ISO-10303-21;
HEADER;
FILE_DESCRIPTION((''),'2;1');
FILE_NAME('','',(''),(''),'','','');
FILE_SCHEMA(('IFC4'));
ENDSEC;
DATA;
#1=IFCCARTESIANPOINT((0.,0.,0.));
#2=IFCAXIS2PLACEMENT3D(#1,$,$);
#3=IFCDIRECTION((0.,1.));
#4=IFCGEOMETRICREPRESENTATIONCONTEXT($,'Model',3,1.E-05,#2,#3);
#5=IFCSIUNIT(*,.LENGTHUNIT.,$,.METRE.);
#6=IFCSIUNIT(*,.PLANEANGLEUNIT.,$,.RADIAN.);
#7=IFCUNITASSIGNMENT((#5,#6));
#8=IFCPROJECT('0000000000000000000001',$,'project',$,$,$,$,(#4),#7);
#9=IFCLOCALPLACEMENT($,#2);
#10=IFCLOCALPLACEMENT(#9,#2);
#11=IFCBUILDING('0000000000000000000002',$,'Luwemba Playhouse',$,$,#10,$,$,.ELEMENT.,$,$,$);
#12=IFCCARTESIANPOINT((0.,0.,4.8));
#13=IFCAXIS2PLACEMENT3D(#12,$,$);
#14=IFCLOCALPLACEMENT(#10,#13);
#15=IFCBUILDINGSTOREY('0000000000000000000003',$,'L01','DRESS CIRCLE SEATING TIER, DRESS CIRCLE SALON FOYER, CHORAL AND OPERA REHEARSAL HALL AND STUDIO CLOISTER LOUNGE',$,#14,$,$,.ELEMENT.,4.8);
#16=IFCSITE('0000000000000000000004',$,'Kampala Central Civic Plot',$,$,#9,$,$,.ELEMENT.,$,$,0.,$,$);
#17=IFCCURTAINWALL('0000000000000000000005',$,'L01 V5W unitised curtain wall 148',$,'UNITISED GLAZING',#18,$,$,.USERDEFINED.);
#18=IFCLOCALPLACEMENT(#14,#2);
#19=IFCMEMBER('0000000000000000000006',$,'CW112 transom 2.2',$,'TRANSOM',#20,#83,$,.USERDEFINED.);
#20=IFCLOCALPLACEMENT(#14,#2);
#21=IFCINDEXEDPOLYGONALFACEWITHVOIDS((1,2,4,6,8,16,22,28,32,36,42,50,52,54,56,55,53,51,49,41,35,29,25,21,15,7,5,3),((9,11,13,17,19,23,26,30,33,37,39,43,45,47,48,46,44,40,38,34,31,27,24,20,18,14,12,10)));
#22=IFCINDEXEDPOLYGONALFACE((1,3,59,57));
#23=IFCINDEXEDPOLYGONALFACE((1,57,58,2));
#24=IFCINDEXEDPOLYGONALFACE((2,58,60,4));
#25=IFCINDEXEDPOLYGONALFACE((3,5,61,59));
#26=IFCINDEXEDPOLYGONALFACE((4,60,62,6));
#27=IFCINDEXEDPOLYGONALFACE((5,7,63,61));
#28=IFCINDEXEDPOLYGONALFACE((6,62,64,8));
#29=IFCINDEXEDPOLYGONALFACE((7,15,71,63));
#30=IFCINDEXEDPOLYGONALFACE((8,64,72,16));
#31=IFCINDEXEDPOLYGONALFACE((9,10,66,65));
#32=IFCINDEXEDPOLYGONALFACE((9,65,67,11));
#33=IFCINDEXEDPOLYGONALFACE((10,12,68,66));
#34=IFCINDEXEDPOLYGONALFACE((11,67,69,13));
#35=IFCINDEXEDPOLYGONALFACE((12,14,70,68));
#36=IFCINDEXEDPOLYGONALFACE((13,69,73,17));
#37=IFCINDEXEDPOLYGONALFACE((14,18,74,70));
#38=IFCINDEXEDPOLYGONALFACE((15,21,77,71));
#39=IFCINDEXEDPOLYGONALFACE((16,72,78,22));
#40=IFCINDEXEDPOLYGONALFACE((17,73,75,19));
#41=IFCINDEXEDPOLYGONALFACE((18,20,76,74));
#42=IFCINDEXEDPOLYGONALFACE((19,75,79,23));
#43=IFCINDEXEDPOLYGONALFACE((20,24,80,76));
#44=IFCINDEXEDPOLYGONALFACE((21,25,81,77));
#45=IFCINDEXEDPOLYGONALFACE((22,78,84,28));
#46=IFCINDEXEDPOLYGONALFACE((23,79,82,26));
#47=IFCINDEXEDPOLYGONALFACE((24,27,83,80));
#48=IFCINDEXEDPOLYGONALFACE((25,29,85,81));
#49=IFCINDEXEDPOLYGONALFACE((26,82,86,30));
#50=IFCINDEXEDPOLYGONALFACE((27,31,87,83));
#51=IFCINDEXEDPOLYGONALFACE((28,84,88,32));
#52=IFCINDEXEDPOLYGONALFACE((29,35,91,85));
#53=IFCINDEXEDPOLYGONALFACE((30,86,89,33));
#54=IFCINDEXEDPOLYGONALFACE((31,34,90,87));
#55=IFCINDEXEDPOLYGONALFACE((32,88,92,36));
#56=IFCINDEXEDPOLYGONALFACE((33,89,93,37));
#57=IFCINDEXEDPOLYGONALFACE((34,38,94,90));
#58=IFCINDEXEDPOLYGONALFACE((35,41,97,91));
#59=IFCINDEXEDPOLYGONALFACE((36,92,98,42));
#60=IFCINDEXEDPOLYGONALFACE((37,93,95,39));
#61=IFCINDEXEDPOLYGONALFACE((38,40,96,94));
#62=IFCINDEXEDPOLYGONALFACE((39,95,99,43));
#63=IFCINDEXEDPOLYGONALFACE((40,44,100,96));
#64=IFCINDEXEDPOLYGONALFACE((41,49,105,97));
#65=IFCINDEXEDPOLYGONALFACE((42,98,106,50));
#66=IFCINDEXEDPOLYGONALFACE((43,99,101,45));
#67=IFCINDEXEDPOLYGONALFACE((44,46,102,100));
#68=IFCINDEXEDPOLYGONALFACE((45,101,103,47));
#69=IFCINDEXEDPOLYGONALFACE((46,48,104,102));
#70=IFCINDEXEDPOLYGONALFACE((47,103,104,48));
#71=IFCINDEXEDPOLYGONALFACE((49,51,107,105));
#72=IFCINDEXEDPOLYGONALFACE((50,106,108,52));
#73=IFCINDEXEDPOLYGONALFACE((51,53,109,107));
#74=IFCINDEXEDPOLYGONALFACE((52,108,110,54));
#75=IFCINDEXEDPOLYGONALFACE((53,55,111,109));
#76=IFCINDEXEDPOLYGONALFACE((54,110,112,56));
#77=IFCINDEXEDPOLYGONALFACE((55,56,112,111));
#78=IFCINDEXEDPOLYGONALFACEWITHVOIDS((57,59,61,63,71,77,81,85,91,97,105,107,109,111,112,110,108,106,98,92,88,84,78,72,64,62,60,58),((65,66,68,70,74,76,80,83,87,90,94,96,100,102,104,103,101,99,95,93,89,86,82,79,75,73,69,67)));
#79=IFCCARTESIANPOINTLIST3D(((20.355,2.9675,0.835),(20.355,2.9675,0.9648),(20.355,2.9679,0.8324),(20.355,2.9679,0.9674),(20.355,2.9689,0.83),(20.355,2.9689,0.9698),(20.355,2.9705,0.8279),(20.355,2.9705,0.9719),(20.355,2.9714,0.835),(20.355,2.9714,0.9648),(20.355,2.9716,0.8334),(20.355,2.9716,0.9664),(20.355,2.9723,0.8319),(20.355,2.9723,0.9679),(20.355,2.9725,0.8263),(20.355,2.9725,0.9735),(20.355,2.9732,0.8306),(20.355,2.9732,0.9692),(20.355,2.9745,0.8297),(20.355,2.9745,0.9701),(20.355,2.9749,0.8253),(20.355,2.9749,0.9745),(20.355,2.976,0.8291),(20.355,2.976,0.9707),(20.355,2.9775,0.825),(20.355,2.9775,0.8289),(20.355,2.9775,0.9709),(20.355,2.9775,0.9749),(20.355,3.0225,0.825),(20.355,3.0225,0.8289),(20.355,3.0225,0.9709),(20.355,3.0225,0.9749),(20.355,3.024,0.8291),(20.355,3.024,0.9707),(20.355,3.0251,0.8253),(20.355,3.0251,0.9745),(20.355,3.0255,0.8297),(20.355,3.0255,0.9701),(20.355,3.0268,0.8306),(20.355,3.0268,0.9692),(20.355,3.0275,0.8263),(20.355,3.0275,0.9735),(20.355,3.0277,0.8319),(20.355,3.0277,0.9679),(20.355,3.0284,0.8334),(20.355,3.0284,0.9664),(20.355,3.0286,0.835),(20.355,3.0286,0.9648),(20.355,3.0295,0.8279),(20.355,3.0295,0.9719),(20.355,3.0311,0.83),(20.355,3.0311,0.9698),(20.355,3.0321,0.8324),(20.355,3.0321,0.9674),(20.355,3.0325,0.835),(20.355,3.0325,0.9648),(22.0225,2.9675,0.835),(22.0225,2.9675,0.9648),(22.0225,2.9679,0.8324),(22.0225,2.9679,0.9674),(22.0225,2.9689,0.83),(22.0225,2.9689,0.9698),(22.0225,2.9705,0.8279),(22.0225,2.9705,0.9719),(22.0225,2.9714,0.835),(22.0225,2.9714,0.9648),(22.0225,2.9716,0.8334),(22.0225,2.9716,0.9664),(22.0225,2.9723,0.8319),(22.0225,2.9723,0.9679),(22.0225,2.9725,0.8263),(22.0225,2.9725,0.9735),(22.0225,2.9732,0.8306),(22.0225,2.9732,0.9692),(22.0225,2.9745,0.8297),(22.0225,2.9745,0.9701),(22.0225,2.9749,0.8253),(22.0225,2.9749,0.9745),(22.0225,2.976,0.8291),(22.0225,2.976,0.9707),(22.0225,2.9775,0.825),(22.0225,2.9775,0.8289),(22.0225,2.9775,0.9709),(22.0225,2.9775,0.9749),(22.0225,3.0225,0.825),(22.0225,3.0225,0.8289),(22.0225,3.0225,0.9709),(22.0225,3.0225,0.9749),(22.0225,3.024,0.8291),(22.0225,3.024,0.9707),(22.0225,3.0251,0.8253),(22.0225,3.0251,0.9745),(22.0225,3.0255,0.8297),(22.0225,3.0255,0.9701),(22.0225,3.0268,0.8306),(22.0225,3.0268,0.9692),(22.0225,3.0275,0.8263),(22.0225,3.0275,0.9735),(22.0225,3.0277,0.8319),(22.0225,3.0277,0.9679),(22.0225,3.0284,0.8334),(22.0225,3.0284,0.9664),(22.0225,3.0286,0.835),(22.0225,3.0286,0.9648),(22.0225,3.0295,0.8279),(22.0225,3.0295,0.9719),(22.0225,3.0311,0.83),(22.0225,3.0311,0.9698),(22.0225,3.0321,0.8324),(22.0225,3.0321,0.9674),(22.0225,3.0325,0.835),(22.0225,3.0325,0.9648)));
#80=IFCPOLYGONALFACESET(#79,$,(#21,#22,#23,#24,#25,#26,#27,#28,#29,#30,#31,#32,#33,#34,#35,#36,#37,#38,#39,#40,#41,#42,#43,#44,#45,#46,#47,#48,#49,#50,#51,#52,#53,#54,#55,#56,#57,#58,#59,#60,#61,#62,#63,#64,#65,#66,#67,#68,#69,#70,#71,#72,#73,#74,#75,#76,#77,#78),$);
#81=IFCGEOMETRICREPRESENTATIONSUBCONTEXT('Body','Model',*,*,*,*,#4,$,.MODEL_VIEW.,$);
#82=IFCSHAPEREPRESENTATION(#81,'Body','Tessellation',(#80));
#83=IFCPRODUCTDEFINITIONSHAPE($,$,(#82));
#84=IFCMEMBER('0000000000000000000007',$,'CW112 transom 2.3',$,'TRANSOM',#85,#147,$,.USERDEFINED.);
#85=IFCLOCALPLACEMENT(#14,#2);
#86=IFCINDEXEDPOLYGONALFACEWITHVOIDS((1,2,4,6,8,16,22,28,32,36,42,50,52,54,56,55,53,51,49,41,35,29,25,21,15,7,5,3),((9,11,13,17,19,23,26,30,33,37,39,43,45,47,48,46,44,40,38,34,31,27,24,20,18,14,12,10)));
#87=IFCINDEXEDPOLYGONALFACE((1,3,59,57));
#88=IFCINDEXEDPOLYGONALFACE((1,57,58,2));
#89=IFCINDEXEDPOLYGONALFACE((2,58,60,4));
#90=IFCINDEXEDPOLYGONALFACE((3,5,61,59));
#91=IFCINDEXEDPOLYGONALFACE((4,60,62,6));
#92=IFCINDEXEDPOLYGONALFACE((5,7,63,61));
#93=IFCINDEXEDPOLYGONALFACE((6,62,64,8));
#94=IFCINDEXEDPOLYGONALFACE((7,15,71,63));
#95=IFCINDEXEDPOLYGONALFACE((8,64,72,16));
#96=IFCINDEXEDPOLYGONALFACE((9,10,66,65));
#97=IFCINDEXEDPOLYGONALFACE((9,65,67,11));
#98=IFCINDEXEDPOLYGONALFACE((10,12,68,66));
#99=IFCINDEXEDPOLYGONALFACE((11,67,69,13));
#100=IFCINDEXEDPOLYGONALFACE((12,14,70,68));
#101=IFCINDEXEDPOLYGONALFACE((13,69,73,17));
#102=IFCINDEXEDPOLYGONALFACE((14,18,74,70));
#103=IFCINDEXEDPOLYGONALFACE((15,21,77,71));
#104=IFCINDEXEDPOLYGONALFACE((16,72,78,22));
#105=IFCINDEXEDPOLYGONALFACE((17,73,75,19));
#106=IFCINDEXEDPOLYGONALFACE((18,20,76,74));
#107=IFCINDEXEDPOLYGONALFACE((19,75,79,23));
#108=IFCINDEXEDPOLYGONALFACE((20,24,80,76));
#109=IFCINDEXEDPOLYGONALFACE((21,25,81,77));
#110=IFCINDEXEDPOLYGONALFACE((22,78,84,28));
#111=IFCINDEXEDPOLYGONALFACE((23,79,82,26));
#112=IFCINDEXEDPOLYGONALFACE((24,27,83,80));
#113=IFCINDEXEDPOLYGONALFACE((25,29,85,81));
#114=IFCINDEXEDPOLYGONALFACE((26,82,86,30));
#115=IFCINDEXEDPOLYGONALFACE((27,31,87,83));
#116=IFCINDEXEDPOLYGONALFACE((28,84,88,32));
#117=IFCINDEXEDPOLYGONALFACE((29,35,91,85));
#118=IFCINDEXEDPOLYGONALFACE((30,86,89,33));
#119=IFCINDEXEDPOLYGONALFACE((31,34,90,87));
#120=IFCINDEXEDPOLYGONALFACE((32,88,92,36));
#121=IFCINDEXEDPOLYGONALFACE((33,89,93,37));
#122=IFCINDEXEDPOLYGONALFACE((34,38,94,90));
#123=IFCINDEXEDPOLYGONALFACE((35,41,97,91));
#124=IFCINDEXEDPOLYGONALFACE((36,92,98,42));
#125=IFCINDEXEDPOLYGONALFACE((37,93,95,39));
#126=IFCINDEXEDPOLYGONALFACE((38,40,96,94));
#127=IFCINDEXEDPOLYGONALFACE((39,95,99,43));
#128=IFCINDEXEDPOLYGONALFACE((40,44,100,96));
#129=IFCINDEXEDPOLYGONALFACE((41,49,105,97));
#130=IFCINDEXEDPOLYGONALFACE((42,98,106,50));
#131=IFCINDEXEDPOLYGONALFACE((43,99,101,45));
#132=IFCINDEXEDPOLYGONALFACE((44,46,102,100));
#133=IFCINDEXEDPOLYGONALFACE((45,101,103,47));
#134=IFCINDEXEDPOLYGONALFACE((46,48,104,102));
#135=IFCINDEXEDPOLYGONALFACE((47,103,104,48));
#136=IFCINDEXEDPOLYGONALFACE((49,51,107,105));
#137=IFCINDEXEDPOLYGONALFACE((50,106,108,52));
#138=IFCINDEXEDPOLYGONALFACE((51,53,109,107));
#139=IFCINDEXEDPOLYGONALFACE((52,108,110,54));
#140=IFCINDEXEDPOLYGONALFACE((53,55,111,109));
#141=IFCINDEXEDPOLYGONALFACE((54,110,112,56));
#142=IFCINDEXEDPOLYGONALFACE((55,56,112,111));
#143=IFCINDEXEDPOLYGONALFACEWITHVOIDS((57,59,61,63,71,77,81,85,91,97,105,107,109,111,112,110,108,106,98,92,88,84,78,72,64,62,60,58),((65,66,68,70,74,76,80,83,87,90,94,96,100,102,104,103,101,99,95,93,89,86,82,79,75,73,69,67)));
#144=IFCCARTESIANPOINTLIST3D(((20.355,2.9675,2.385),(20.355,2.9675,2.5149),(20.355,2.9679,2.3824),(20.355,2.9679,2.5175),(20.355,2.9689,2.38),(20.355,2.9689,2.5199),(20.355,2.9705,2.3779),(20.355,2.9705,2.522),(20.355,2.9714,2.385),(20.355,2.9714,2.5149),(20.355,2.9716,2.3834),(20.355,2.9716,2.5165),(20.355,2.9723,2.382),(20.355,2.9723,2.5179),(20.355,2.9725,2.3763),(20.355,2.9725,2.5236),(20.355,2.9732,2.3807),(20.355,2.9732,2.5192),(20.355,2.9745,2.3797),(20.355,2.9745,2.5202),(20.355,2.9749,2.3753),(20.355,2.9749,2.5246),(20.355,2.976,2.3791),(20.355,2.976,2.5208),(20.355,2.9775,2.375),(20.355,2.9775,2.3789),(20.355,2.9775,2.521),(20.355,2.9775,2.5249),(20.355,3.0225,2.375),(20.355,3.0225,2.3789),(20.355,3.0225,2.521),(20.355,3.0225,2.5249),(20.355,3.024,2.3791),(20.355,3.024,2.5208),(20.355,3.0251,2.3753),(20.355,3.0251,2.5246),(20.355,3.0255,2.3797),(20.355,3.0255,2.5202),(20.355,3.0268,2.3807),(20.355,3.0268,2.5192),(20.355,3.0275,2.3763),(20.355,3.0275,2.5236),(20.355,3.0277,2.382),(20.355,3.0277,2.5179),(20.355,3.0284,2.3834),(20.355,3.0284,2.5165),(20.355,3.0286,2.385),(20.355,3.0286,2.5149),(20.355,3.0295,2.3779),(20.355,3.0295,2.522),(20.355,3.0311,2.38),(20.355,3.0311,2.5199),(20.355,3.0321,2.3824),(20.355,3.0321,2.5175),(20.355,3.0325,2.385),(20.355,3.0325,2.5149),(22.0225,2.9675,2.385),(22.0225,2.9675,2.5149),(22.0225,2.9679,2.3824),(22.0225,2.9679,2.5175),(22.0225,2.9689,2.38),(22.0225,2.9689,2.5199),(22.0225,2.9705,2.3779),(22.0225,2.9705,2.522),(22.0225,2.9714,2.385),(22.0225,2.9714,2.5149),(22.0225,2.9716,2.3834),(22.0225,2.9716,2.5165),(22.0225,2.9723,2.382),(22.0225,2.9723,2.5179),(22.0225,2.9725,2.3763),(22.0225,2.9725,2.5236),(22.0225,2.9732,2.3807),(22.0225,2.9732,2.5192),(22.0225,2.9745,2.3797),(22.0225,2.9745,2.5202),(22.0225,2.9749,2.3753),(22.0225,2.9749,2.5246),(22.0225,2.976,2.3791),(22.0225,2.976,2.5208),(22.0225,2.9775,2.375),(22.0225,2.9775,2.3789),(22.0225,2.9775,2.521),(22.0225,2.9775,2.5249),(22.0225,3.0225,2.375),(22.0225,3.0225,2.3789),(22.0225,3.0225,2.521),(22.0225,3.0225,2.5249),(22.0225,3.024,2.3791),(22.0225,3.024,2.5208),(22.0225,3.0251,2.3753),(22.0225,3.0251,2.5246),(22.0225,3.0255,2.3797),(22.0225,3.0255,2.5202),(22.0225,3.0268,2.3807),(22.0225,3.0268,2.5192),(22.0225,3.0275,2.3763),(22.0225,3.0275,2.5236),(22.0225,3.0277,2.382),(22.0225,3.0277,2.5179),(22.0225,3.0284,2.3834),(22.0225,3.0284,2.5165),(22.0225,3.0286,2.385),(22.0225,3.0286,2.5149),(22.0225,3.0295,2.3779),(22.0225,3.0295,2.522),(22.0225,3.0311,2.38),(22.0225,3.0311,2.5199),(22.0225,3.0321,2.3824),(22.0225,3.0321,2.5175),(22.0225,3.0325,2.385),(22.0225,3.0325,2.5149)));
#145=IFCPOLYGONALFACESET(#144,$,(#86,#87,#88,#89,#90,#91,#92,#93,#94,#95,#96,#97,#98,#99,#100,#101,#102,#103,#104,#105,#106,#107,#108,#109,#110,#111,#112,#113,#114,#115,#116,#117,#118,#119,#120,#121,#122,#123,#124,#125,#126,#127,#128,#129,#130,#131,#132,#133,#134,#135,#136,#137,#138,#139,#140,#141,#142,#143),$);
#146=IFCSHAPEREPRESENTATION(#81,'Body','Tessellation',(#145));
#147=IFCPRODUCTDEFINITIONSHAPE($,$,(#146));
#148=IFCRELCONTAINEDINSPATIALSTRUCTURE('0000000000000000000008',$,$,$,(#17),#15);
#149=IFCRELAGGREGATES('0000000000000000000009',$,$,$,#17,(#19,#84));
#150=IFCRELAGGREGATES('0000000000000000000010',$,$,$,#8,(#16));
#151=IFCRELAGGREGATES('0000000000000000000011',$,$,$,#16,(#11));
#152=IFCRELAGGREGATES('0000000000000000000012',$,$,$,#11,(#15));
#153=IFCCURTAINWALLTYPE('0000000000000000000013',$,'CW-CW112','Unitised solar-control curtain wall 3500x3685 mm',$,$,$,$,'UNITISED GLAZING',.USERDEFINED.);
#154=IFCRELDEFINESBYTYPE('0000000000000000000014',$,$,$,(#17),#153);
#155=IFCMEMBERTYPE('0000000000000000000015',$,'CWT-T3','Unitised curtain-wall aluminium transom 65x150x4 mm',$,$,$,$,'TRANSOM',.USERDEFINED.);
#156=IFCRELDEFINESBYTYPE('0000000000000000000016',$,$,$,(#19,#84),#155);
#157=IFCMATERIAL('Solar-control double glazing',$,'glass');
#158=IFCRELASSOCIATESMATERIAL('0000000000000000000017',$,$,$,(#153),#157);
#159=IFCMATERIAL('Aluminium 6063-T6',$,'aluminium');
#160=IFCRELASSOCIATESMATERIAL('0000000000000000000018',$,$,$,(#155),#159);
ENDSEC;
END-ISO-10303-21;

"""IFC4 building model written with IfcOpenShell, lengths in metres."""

from ifc_helpers import new_model, si_unit, direction, frame, origin, origin_2d, place, context, subcontext, project, spatial, hollow_rectangle, extrude, material, material_profile, profile_set, type_object, element, aggregate, save


model = new_model("IFC4")

# Units and contexts
model_context = context("Model", 3, precision=1e-05, world=origin(), true_north=direction((0.0, 1.0)))
body_context = subcontext(model_context, "Body", "Model", "MODEL_VIEW")
ifc_project = project(units=[si_unit("LENGTHUNIT", "METRE"), si_unit("PLANEANGLEUNIT", "RADIAN")], contexts=[model_context])

# Site, building, storey
site_placement = place(None, origin())
site = spatial("IfcSite", under=ifc_project, at=site_placement, Name="Kampala Central Civic Plot", CompositionType="ELEMENT", RefElevation=0.0)
building_placement = place(site_placement, origin())
building = spatial("IfcBuilding", under=site, at=building_placement, Name="Luwemba Playhouse", CompositionType="ELEMENT")
storey_placement = place(building_placement, frame((0.0, 0.0, 4.8)))
storey = spatial("IfcBuildingStorey", under=building, at=storey_placement, Name="L01", Description="DRESS CIRCLE SEATING TIER, DRESS CIRCLE SALON FOYER, CHORAL AND OPERA REHEARSAL HALL AND STUDIO CLOISTER LOUNGE", CompositionType="ELEMENT", Elevation=4.8)

# Curtain wall
ifc_material_1 = material(Name="Solar-control double glazing", Category="glass")
curtain_wall_type_1 = type_object("IfcCurtainWallType", Name="CW-CW112", Description="Unitised solar-control curtain wall 3500x3685 mm", ElementType="UNITISED GLAZING", PredefinedType="USERDEFINED", material=ifc_material_1)
curtain_wall_1_placement = place(storey_placement, origin())
curtain_wall_1 = element("IfcCurtainWall", 1, at=curtain_wall_1_placement, inside=storey, type_object=curtain_wall_type_1, Name="L01 V5W unitised curtain wall 148", ObjectType="UNITISED GLAZING", PredefinedType="USERDEFINED")
ifc_material_2 = material(Name="Aluminium 6063-T6", Category="aluminium")

# Members
ifc_material_profile_1 = material_profile(ifc_material_2, hollow_rectangle(XDim=0.0649, YDim=0.1499, WallThickness=0.0039, InnerFilletRadius=0.0061, OuterFilletRadius=0.01, at=origin_2d()))
ifc_profile_set_1 = profile_set([ifc_material_profile_1], Name="Aluminium 6063-T6")
member_type_1 = type_object("IfcMemberType", Name="CWT-T3", Description="Unitised curtain-wall aluminium transom 65x150x4 mm", ElementType="TRANSOM", PredefinedType="USERDEFINED", material=ifc_profile_set_1)
member_1_placement = place(storey_placement, frame((22.0225, 3.0, 0.8999), z_axis=(-1.0, 0.0, 0.0), x_axis=(0.0, -1.0, 0.0)))
member_1 = element("IfcMember", 2, at=member_1_placement, type_object=member_type_1, Name="CW112 transom 2.2", ObjectType="TRANSOM", PredefinedType="USERDEFINED", context=body_context, shape_type="SweptSolid", body=[
    extrude(hollow_rectangle(XDim=0.0649, YDim=0.1499, WallThickness=0.0039, InnerFilletRadius=0.0061, OuterFilletRadius=0.01, at=origin_2d()), origin(), (0.0, 0.0, 1.0), 1.6675),
])
member_2_placement = place(storey_placement, frame((22.0225, 3.0, 2.45), z_axis=(-1.0, 0.0, 0.0), x_axis=(0.0, -1.0, 0.0)))
member_2 = element("IfcMember", 3, at=member_2_placement, type_object=member_type_1, Name="CW112 transom 2.3", ObjectType="TRANSOM", PredefinedType="USERDEFINED", context=body_context, shape_type="SweptSolid", body=[
    extrude(hollow_rectangle(XDim=0.0649, YDim=0.1499, WallThickness=0.0039, InnerFilletRadius=0.0061, OuterFilletRadius=0.01, at=origin_2d()), origin(), (0.0, 0.0, 1.0), 1.6675),
])

aggregate(curtain_wall_1, [member_1, member_2])

save(model, "model.ifc")
